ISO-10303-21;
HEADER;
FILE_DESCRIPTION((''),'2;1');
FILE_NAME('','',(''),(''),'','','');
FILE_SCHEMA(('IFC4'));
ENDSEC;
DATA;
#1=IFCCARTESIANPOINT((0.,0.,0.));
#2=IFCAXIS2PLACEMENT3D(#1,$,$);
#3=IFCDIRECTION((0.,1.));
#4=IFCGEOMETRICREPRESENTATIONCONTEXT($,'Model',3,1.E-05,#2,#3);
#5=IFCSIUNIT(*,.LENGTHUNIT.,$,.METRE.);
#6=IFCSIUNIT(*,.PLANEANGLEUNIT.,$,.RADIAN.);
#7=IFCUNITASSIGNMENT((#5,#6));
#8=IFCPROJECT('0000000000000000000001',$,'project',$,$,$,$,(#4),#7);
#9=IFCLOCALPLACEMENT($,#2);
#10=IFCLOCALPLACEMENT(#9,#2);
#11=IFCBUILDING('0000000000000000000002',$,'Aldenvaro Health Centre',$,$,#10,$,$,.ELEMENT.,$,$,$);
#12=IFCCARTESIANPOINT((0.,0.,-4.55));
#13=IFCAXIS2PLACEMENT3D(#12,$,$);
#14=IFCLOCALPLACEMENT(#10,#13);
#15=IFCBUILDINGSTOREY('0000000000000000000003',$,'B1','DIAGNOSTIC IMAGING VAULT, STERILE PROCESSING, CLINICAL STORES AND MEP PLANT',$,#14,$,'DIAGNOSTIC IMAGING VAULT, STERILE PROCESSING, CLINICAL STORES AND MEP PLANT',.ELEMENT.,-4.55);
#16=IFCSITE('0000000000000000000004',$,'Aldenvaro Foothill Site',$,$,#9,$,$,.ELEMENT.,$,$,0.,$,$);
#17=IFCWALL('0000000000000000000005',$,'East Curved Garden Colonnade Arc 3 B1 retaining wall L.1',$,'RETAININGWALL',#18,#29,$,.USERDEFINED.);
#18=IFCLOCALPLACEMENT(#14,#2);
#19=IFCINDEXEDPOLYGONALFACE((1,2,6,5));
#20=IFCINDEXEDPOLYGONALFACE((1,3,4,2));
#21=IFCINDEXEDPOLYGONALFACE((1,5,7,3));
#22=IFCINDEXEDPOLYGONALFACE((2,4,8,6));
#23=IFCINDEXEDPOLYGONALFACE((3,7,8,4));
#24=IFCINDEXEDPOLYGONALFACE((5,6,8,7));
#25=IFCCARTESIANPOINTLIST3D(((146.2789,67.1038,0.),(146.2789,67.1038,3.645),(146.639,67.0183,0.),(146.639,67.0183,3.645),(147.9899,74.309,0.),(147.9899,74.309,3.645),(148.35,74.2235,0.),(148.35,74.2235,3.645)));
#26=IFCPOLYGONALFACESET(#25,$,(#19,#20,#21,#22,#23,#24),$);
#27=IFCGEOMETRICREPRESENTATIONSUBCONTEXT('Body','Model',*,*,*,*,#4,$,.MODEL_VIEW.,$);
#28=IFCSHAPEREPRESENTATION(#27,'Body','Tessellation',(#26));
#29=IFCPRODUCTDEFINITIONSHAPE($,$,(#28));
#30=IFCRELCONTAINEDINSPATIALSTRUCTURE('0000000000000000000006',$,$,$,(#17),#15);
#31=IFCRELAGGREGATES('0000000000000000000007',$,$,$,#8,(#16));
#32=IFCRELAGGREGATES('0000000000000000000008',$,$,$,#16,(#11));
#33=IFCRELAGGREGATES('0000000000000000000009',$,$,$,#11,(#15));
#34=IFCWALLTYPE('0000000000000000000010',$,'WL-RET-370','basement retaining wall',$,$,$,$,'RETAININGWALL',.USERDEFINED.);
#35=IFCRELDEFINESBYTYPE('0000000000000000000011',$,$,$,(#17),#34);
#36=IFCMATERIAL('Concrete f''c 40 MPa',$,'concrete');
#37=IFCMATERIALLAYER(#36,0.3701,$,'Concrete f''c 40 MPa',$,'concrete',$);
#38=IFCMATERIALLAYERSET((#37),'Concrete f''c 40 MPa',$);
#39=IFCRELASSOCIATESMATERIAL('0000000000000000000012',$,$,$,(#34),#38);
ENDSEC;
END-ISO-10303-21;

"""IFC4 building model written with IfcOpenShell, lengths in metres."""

from ifc_helpers import new_model, si_unit, direction, frame, frame_2d, origin, place, context, subcontext, project, spatial, rectangle, extrude, material, layer, layer_set, type_object, element, save


model = new_model("IFC4")

# Units and contexts
model_context = context("Model", 3, precision=1e-05, world=origin(), true_north=direction((0.0, 1.0)))
body_context = subcontext(model_context, "Body", "Model", "MODEL_VIEW")
ifc_project = project(units=[si_unit("LENGTHUNIT", "METRE"), si_unit("PLANEANGLEUNIT", "RADIAN")], contexts=[model_context])

# Site, building, storey
site_placement = place(None, origin())
site = spatial("IfcSite", under=ifc_project, at=site_placement, Name="Aldenvaro Foothill Site", CompositionType="ELEMENT", RefElevation=0.0)
building_placement = place(site_placement, origin())
building = spatial("IfcBuilding", under=site, at=building_placement, Name="Aldenvaro Health Centre", CompositionType="ELEMENT")
storey_placement = place(building_placement, frame((0.0, 0.0, -4.55)))
storey = spatial("IfcBuildingStorey", under=building, at=storey_placement, Name="B1", Description="DIAGNOSTIC IMAGING VAULT, STERILE PROCESSING, CLINICAL STORES AND MEP PLANT", LongName="DIAGNOSTIC IMAGING VAULT, STERILE PROCESSING, CLINICAL STORES AND MEP PLANT", CompositionType="ELEMENT", Elevation=-4.55)

# Shared definitions
ifc_material_1 = material(Name="Concrete f'c 40 MPa", Category="concrete")

# Wall
ifc_layer = layer(ifc_material_1, 0.3701, Name="Concrete f'c 40 MPa", Category="concrete")
ifc_layer_set = layer_set([ifc_layer], Name="Concrete f'c 40 MPa")
wall_type = type_object("IfcWallType", Name="WL-RET-370", Description="basement retaining wall", ElementType="RETAININGWALL", PredefinedType="USERDEFINED", material=ifc_layer_set)
wall_placement = place(storey_placement, frame((148.1699, 74.2661, 0.0), z_axis=(0.0, 0.0, 1.0), x_axis=(-0.231038, -0.972945, 0.0)))
element("IfcWall", 1, at=wall_placement, inside=storey, type_object=wall_type, Name="East Curved Garden Colonnade Arc 3 B1 retaining wall L.1", ObjectType="RETAININGWALL", PredefinedType="USERDEFINED", context=body_context, shape_type="SweptSolid", body=[
    extrude(rectangle(XDim=7.4055, YDim=0.3701, at=frame_2d((3.7026, 0.0))), origin(), (0.0, 0.0, 1.0), 3.645),
])

save(model, "model.ifc")
